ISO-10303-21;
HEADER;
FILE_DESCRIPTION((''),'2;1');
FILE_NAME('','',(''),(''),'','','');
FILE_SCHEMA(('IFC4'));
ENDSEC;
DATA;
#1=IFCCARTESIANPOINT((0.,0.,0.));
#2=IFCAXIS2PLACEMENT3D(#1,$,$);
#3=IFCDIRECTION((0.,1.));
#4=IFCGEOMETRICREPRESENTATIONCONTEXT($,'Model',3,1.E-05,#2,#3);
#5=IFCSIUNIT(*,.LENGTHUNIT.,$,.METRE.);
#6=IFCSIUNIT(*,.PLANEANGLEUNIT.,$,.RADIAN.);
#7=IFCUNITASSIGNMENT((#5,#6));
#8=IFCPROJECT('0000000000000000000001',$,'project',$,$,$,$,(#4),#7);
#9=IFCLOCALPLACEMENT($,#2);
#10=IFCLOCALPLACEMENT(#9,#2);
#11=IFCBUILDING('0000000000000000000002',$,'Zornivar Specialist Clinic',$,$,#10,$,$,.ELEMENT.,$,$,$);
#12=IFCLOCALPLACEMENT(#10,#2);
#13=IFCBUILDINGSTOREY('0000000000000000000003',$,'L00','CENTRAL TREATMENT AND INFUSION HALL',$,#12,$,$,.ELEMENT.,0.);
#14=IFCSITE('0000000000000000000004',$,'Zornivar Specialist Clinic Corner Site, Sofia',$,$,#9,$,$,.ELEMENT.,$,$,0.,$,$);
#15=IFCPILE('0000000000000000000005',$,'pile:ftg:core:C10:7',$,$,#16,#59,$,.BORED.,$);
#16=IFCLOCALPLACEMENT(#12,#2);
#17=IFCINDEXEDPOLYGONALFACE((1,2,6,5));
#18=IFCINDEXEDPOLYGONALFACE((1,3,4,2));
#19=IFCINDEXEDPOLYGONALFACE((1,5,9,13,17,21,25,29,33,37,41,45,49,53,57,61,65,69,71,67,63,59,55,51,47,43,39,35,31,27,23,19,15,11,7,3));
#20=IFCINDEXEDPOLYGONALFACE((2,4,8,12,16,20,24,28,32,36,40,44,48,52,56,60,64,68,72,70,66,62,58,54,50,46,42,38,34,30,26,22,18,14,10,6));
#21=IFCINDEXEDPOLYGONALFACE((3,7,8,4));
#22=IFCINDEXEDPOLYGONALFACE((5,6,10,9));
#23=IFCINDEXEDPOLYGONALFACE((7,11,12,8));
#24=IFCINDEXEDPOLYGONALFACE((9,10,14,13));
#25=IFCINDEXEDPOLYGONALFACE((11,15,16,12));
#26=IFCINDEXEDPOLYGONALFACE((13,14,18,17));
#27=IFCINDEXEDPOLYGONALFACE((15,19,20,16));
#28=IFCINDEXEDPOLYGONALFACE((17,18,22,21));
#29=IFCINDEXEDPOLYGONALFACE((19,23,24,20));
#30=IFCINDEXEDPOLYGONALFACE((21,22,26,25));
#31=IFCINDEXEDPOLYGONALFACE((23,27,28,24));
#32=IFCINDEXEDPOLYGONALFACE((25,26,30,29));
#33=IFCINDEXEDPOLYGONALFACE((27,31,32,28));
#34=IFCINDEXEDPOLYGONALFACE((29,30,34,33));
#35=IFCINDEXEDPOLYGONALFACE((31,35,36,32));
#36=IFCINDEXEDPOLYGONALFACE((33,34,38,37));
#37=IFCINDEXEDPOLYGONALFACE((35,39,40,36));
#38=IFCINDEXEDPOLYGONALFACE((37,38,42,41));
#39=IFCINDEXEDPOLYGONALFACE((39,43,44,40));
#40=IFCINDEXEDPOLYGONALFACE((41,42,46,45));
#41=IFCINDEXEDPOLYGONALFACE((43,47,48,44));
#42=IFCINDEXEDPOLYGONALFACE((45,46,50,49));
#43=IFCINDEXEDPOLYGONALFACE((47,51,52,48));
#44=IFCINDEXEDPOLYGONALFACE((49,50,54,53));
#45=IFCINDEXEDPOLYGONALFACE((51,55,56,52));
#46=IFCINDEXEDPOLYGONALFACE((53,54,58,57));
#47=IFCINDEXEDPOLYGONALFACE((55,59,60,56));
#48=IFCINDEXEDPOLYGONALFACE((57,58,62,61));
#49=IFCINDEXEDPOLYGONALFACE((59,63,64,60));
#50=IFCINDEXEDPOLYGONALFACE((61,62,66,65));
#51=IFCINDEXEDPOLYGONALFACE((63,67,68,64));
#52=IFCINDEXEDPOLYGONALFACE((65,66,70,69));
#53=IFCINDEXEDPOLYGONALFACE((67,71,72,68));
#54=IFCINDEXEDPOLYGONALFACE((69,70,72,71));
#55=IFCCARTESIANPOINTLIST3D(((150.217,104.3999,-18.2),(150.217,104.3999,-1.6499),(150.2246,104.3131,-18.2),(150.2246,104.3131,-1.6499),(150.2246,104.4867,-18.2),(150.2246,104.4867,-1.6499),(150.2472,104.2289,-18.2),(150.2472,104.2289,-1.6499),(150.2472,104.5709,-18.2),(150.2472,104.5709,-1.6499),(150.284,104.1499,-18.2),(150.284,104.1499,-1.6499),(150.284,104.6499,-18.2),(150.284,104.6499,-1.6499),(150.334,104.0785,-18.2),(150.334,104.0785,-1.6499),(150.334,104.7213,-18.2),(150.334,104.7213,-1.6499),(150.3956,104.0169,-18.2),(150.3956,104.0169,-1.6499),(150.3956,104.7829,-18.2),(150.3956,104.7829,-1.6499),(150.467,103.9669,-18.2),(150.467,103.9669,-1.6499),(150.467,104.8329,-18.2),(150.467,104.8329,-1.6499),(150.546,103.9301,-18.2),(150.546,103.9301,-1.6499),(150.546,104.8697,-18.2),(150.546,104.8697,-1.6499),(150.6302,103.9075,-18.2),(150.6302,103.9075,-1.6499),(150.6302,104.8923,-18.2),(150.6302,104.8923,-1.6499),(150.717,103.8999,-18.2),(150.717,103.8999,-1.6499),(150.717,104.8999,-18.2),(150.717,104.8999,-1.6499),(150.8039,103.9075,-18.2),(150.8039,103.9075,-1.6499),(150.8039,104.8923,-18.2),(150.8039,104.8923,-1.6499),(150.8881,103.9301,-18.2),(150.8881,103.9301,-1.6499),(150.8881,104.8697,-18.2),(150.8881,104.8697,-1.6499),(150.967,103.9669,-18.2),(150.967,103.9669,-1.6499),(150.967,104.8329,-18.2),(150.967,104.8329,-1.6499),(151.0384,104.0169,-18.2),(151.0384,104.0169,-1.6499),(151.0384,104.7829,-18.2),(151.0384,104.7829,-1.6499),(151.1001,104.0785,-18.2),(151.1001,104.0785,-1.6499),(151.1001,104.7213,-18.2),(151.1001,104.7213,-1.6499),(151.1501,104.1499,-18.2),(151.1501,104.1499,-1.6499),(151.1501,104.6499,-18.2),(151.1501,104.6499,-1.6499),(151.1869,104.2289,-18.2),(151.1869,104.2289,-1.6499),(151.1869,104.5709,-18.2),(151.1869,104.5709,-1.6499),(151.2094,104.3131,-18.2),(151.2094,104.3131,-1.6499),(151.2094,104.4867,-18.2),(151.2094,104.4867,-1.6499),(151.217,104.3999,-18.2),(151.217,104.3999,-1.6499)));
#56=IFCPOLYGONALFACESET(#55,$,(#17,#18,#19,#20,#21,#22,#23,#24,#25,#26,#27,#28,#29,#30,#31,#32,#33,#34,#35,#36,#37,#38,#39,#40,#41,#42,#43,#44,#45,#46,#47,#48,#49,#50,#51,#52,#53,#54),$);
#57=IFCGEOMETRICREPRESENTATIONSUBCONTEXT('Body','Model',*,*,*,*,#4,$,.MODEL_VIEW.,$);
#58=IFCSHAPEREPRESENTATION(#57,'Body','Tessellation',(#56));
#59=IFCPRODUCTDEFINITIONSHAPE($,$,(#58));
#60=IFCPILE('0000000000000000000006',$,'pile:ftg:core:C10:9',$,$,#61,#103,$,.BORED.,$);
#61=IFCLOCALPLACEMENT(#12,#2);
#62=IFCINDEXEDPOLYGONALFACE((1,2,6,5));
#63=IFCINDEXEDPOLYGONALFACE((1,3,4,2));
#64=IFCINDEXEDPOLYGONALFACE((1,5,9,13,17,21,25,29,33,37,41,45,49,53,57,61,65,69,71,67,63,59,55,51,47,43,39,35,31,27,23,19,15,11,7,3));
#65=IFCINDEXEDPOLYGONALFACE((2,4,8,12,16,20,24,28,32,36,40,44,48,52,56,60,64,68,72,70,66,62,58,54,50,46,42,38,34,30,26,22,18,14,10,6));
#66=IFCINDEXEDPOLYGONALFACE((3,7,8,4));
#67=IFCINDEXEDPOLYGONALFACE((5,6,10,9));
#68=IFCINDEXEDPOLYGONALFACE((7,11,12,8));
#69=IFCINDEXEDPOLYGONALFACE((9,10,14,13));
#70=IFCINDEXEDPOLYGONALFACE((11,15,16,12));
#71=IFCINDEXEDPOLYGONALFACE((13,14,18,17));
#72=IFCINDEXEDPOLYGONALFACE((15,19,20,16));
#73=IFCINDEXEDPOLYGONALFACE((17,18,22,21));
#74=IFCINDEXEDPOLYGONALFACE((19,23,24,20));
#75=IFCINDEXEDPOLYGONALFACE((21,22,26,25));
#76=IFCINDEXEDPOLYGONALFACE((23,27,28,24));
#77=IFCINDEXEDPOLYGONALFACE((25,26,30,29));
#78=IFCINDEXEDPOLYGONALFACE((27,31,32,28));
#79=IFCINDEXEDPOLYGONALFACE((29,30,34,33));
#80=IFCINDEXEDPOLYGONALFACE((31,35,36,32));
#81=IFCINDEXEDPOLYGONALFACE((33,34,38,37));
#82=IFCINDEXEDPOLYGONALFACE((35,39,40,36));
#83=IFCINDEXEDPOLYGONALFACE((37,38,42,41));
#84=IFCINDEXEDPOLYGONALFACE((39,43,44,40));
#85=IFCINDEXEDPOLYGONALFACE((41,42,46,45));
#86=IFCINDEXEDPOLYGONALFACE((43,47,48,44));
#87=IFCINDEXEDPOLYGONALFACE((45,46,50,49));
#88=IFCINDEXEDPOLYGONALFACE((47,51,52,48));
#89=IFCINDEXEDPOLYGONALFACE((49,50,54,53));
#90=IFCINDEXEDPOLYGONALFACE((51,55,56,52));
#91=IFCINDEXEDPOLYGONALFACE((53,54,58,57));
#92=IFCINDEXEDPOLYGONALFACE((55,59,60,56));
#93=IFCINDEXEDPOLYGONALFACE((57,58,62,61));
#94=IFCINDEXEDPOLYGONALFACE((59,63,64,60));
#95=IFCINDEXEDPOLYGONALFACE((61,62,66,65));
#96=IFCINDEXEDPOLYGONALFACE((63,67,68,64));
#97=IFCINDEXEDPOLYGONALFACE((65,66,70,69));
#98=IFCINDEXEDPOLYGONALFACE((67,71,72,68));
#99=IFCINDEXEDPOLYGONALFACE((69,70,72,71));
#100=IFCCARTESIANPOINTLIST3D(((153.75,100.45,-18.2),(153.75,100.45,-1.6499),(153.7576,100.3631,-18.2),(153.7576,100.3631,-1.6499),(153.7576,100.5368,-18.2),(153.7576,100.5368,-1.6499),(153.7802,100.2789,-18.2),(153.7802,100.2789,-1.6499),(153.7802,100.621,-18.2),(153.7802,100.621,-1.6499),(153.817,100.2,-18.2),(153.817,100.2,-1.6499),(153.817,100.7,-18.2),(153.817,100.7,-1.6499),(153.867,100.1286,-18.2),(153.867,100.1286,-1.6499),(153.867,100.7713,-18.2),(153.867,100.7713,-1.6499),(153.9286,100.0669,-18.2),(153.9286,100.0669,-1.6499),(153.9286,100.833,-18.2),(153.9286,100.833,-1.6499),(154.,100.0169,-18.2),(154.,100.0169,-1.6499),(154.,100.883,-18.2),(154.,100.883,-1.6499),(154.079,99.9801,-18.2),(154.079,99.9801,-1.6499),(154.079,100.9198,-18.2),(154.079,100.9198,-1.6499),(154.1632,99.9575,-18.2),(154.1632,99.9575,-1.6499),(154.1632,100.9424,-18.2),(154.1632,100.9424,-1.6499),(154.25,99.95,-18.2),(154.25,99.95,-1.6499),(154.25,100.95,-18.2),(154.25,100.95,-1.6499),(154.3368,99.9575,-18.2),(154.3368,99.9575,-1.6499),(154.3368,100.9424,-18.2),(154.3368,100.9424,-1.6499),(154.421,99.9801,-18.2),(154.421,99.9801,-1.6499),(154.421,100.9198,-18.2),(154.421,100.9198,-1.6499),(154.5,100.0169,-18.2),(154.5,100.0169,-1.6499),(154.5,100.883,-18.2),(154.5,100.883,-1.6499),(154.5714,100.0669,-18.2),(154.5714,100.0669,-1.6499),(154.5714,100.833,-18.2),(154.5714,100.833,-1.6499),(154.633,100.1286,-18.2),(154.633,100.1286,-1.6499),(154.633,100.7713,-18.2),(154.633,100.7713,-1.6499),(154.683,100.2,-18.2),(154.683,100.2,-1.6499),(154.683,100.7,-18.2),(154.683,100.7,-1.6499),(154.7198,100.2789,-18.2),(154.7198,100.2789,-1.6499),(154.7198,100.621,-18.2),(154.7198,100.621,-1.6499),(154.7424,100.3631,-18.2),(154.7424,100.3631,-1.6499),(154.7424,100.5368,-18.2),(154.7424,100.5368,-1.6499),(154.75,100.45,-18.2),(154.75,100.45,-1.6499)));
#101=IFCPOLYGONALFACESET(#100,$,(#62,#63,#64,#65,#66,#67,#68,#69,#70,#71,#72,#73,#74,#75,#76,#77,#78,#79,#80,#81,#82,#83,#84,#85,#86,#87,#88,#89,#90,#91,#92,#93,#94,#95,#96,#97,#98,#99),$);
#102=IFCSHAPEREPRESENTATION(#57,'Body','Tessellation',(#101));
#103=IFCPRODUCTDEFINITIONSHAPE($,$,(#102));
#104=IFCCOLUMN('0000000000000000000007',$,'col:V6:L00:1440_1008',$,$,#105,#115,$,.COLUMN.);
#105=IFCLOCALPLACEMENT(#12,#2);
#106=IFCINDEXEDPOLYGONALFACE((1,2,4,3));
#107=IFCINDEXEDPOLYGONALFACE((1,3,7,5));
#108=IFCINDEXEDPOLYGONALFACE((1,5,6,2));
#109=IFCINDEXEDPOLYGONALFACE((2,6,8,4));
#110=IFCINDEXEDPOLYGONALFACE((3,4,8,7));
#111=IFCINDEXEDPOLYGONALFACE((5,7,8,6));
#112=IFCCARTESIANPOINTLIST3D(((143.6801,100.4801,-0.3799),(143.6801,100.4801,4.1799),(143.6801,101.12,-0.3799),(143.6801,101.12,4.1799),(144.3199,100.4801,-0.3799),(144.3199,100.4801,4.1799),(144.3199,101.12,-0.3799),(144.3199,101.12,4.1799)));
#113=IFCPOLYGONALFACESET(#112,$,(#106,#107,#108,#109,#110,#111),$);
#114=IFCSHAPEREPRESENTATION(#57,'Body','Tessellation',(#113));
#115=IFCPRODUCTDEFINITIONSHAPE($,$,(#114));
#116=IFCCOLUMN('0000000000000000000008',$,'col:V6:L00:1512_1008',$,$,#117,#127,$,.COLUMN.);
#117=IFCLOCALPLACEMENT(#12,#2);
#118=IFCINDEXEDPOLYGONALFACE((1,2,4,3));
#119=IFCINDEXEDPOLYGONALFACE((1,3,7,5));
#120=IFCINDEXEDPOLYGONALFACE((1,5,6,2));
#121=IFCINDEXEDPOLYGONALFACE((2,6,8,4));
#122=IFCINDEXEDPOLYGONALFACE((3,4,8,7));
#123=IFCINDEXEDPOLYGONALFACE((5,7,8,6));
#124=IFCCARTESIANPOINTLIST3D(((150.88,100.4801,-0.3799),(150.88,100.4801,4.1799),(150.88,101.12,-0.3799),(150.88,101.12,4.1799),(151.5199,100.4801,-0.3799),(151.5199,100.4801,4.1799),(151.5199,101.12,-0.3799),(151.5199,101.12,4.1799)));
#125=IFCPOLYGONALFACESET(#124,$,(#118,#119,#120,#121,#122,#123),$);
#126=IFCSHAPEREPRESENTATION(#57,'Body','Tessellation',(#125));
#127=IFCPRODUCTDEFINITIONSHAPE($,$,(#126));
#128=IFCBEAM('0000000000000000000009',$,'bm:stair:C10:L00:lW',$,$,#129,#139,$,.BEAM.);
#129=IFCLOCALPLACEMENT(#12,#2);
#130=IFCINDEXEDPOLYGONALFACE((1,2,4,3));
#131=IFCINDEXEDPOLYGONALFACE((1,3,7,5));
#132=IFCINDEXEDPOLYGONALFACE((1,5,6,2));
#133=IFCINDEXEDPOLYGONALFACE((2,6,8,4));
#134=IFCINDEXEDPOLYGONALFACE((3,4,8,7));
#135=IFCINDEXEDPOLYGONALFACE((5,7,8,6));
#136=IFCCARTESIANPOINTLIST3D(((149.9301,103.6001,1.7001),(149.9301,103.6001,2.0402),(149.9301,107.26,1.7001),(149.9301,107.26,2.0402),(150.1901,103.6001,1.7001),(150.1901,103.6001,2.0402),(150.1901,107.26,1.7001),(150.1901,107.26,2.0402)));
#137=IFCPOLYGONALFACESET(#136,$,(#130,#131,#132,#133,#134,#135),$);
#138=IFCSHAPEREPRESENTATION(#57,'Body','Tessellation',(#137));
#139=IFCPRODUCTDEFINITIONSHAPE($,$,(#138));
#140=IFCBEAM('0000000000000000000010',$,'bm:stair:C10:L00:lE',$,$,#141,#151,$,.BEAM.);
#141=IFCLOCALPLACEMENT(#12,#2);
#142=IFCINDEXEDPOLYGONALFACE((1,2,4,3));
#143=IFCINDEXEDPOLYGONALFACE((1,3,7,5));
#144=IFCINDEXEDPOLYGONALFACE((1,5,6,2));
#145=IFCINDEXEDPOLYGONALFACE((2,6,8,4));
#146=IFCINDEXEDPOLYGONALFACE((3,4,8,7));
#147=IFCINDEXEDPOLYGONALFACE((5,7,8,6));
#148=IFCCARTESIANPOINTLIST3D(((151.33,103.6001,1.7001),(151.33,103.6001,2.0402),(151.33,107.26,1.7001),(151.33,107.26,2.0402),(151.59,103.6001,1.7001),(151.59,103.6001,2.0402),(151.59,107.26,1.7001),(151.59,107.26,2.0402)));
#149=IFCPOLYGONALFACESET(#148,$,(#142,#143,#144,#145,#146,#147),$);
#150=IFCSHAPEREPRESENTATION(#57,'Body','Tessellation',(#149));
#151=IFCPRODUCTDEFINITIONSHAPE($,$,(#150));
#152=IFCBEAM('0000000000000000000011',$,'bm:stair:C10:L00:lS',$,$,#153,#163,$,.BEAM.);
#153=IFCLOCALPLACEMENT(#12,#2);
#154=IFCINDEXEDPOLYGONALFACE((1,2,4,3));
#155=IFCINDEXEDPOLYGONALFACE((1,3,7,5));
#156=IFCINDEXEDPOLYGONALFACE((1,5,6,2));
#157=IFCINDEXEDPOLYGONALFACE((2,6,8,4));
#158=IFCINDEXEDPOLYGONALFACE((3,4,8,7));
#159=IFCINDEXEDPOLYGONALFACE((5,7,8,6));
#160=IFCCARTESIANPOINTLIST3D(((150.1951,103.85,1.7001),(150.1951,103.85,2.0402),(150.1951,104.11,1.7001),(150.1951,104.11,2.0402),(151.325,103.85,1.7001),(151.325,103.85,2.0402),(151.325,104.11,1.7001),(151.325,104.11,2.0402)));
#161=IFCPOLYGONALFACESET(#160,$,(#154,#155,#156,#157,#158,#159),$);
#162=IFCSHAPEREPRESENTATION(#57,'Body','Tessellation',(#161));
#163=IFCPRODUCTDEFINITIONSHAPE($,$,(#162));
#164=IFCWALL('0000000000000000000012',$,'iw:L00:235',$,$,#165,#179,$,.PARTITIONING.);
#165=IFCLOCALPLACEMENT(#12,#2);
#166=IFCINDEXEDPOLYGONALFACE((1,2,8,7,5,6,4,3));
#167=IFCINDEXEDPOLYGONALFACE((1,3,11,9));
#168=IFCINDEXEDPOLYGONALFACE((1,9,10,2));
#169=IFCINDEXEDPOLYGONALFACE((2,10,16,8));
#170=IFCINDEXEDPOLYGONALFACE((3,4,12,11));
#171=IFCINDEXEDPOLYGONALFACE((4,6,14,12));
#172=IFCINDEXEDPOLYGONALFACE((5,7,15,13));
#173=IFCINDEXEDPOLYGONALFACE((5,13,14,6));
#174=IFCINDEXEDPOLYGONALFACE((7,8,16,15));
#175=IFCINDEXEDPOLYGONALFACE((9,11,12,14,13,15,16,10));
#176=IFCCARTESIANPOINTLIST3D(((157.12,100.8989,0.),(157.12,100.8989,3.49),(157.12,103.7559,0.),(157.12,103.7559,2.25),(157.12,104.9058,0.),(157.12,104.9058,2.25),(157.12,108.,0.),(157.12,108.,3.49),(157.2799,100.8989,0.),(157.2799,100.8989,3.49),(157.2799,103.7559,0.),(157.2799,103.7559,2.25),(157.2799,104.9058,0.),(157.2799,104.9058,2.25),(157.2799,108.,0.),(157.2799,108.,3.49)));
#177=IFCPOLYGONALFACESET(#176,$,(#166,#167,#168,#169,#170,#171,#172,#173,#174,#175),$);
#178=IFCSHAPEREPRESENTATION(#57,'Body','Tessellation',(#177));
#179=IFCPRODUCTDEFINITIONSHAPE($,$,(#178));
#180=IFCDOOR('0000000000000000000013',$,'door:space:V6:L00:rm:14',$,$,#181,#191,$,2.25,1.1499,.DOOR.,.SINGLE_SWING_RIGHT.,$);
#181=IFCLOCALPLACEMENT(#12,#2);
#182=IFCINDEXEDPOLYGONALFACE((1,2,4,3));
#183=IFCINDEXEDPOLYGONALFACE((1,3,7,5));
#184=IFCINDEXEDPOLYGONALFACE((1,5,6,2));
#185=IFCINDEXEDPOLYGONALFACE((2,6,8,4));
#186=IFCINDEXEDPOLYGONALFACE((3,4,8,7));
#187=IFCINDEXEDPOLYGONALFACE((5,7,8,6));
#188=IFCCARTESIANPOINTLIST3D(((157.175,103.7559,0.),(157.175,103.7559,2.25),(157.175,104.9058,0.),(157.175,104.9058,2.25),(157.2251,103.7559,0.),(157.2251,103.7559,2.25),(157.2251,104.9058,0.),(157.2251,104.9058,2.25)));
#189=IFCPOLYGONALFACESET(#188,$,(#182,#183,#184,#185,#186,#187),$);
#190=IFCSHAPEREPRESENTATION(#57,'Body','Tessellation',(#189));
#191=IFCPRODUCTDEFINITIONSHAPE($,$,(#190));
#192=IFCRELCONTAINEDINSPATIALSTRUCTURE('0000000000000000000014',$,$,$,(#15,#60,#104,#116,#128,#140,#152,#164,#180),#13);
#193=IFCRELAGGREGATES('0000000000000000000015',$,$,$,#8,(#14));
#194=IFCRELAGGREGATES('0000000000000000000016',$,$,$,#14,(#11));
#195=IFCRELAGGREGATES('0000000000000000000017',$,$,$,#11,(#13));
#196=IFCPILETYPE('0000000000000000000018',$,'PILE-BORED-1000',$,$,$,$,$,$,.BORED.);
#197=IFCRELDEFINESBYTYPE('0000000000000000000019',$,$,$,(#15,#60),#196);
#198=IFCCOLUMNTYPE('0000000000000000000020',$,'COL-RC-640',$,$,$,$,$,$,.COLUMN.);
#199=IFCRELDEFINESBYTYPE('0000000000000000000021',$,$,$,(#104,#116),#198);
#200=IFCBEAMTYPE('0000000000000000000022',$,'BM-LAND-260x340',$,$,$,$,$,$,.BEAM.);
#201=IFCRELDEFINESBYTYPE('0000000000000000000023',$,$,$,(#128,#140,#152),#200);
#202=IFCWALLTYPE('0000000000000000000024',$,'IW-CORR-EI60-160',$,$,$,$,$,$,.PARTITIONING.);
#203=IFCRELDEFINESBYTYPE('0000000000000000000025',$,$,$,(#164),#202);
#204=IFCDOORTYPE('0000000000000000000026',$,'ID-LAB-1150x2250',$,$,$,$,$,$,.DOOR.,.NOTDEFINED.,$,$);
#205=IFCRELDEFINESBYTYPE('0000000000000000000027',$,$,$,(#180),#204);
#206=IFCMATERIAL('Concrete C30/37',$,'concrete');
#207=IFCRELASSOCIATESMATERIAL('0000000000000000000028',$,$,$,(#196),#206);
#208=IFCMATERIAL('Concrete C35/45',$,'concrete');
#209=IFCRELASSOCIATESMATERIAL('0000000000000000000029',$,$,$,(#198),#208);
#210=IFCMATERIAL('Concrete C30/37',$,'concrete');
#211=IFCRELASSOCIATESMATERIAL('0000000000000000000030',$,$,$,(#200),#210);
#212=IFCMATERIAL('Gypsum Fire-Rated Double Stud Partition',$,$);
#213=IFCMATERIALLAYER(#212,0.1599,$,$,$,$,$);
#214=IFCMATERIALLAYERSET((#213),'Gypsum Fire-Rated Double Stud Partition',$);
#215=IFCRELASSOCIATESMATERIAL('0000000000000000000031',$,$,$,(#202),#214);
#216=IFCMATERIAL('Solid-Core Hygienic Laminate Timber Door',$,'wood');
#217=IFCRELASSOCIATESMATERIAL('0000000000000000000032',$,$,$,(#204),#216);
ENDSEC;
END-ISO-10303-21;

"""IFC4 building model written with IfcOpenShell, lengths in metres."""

from ifc_helpers import new_model, si_unit, direction, frame, frame_2d, origin, origin_2d, place, context, subcontext, project, spatial, rectangle, circle, extrude, material, layer, layer_set, material_profile, profile_set, type_object, element, fill, save


model = new_model("IFC4")

# Units and contexts
model_context = context("Model", 3, precision=1e-05, world=origin(), true_north=direction((0.0, 1.0)))
body_context = subcontext(model_context, "Body", "Model", "MODEL_VIEW")
ifc_project = project(units=[si_unit("LENGTHUNIT", "METRE"), si_unit("PLANEANGLEUNIT", "RADIAN")], contexts=[model_context])

# Site, building, storey
site_placement = place(None, origin())
site = spatial("IfcSite", under=ifc_project, at=site_placement, Name="Zornivar Specialist Clinic Corner Site, Sofia", CompositionType="ELEMENT", RefElevation=0.0)
building_placement = place(site_placement, origin())
building = spatial("IfcBuilding", under=site, at=building_placement, Name="Zornivar Specialist Clinic", CompositionType="ELEMENT")
storey_placement = place(building_placement, origin())
storey = spatial("IfcBuildingStorey", under=building, at=storey_placement, Name="L00", Description="CENTRAL TREATMENT AND INFUSION HALL", CompositionType="ELEMENT", Elevation=0.0)

# Piles
ifc_material_1 = material(Name="Concrete C30/37", Category="concrete")
ifc_material_profile_1 = material_profile(ifc_material_1, circle(Radius=0.5, at=origin_2d()), Name="PILE D1000")
ifc_profile_set_1 = profile_set([ifc_material_profile_1], Name="Concrete C30/37")
pile_type = type_object("IfcPileType", Name="PILE-BORED-1000", PredefinedType="BORED", material=ifc_profile_set_1)
for number, where, z_axis, x_axis, name in (
    (1, (150.717, 104.3999, -1.6499), (0.0, 0.0, -1.0), (1.0, 0.0, 0.0), "pile:ftg:core:C10:7"),
    (2, (154.25, 100.45, -1.6499), (0.0, 0.0, -1.0), (1.0, 0.0, 0.0), "pile:ftg:core:C10:9"),
):
    element("IfcPile", number, at=place(storey_placement, frame(where, z_axis=z_axis, x_axis=x_axis)), inside=storey, type_object=pile_type, Name=name, PredefinedType="BORED", context=body_context, shape_type="SweptSolid", body=[
        extrude(circle(Radius=0.5, at=origin_2d()), origin(), (0.0, 0.0, 1.0), 16.55),
    ])

# Columns
ifc_material_2 = material(Name="Concrete C35/45", Category="concrete")
ifc_material_profile_2 = material_profile(ifc_material_2, rectangle(XDim=0.6399, YDim=0.6399, at=origin_2d()), Name="RC 640x640")
ifc_profile_set_2 = profile_set([ifc_material_profile_2], Name="Concrete C35/45")
column_type = type_object("IfcColumnType", Name="COL-RC-640", PredefinedType="COLUMN", material=ifc_profile_set_2)
for number, where, z_axis, x_axis, name in (
    (3, (144.0, 100.8, -0.3799), (0.0, 0.0, 1.0), (1.0, 0.0, 0.0), "col:V6:L00:1440_1008"),
    (4, (151.2, 100.8, -0.3799), (0.0, 0.0, 1.0), (1.0, 0.0, 0.0), "col:V6:L00:1512_1008"),
):
    element("IfcColumn", number, at=place(storey_placement, frame(where, z_axis=z_axis, x_axis=x_axis)), inside=storey, type_object=column_type, Name=name, PredefinedType="COLUMN", context=body_context, shape_type="SweptSolid", body=[
        extrude(rectangle(XDim=0.6399, YDim=0.6399, at=origin_2d()), origin(), (0.0, 0.0, 1.0), 4.5598),
    ])

# Beams
ifc_material_3 = material(Name="Concrete C30/37", Category="concrete")
ifc_material_profile_3 = material_profile(ifc_material_3, rectangle(XDim=0.26, YDim=0.3401, at=origin_2d()), Name="RC 260x340")
ifc_profile_set_3 = profile_set([ifc_material_profile_3], Name="Concrete C30/37")
beam_type = type_object("IfcBeamType", Name="BM-LAND-260x340", PredefinedType="BEAM", material=ifc_profile_set_3)
for number, where, z_axis, x_axis, name in (
    (5, (150.0601, 103.6001, 1.8701), (0.0, 1.0, 0.0), (-1.0, 0.0, 0.0), "bm:stair:C10:L00:lW"),
    (6, (151.46, 103.6001, 1.8701), (0.0, 1.0, 0.0), (-1.0, 0.0, 0.0), "bm:stair:C10:L00:lE"),
):
    element("IfcBeam", number, at=place(storey_placement, frame(where, z_axis=z_axis, x_axis=x_axis)), inside=storey, type_object=beam_type, Name=name, PredefinedType="BEAM", context=body_context, shape_type="SweptSolid", body=[
        extrude(rectangle(XDim=0.26, YDim=0.3401, at=origin_2d()), origin(), (0.0, 0.0, 1.0), 3.6599),
    ])
beam_placement = place(storey_placement, frame((150.1951, 103.98, 1.8701), z_axis=(1.0, 0.0, 0.0), x_axis=(0.0, 1.0, 0.0)))
element("IfcBeam", 7, at=beam_placement, inside=storey, type_object=beam_type, Name="bm:stair:C10:L00:lS", PredefinedType="BEAM", context=body_context, shape_type="SweptSolid", body=[
    extrude(rectangle(XDim=0.26, YDim=0.3401, at=origin_2d()), origin(), (0.0, 0.0, 1.0), 1.1299),
])

# Wall, opening, door
ifc_material_4 = material(Name="Gypsum Fire-Rated Double Stud Partition")
ifc_layer_1 = layer(ifc_material_4, 0.1599)
ifc_layer_set_1 = layer_set([ifc_layer_1], Name="Gypsum Fire-Rated Double Stud Partition")
wall_type_1 = type_object("IfcWallType", Name="IW-CORR-EI60-160", PredefinedType="PARTITIONING", material=ifc_layer_set_1)
wall_1_placement = place(storey_placement, frame((157.2, 100.8989, 0.0), z_axis=(0.0, 0.0, 1.0), x_axis=(0.0, 1.0, 0.0)))
wall_1 = element("IfcWall", 8, at=wall_1_placement, inside=storey, type_object=wall_type_1, Name="iw:L00:235", PredefinedType="PARTITIONING", context=body_context, shape_type="SweptSolid", body=[
    extrude(rectangle(XDim=7.1011, YDim=0.1599, at=frame_2d((3.5505, 0.0))), origin(), (0.0, 0.0, 1.0), 3.49),
])
opening_1_placement = place(wall_1_placement, frame((2.8569, 0.0, 0.0)))
opening_1 = element("IfcOpeningElement", 9, at=opening_1_placement, cuts=wall_1, PredefinedType="OPENING", context=body_context, shape_type="SweptSolid", body=[
    extrude(rectangle(XDim=1.1499, YDim=2.25, at=frame_2d((0.575, 1.125))), frame((0.0, 0.0898, 0.0), z_axis=(0.0, -1.0, 0.0), x_axis=(1.0, 0.0, 0.0)), (0.0, 0.0, 1.0), 0.1799),
])
ifc_material_5 = material(Name="Solid-Core Hygienic Laminate Timber Door", Category="wood")
door_type_1 = type_object("IfcDoorType", Name="ID-LAB-1150x2250", OperationType="NOTDEFINED", PredefinedType="DOOR", material=ifc_material_5)
door_1_placement = place(opening_1_placement, origin())
door_1 = element("IfcDoor", 10, at=door_1_placement, inside=storey, type_object=door_type_1, Name="door:space:V6:L00:rm:14", OperationType="SINGLE_SWING_RIGHT", OverallHeight=2.25, OverallWidth=1.1499, PredefinedType="DOOR", context=body_context, shape_type="SweptSolid", body=[
    extrude(rectangle(XDim=1.1499, YDim=2.25, at=frame_2d((0.575, 1.125))), frame((0.0, 0.0249, 0.0), z_axis=(0.0, -1.0, 0.0), x_axis=(1.0, 0.0, 0.0)), (0.0, 0.0, 1.0), 0.05),
])
fill(opening_1, door_1)

save(model, "model.ifc")
